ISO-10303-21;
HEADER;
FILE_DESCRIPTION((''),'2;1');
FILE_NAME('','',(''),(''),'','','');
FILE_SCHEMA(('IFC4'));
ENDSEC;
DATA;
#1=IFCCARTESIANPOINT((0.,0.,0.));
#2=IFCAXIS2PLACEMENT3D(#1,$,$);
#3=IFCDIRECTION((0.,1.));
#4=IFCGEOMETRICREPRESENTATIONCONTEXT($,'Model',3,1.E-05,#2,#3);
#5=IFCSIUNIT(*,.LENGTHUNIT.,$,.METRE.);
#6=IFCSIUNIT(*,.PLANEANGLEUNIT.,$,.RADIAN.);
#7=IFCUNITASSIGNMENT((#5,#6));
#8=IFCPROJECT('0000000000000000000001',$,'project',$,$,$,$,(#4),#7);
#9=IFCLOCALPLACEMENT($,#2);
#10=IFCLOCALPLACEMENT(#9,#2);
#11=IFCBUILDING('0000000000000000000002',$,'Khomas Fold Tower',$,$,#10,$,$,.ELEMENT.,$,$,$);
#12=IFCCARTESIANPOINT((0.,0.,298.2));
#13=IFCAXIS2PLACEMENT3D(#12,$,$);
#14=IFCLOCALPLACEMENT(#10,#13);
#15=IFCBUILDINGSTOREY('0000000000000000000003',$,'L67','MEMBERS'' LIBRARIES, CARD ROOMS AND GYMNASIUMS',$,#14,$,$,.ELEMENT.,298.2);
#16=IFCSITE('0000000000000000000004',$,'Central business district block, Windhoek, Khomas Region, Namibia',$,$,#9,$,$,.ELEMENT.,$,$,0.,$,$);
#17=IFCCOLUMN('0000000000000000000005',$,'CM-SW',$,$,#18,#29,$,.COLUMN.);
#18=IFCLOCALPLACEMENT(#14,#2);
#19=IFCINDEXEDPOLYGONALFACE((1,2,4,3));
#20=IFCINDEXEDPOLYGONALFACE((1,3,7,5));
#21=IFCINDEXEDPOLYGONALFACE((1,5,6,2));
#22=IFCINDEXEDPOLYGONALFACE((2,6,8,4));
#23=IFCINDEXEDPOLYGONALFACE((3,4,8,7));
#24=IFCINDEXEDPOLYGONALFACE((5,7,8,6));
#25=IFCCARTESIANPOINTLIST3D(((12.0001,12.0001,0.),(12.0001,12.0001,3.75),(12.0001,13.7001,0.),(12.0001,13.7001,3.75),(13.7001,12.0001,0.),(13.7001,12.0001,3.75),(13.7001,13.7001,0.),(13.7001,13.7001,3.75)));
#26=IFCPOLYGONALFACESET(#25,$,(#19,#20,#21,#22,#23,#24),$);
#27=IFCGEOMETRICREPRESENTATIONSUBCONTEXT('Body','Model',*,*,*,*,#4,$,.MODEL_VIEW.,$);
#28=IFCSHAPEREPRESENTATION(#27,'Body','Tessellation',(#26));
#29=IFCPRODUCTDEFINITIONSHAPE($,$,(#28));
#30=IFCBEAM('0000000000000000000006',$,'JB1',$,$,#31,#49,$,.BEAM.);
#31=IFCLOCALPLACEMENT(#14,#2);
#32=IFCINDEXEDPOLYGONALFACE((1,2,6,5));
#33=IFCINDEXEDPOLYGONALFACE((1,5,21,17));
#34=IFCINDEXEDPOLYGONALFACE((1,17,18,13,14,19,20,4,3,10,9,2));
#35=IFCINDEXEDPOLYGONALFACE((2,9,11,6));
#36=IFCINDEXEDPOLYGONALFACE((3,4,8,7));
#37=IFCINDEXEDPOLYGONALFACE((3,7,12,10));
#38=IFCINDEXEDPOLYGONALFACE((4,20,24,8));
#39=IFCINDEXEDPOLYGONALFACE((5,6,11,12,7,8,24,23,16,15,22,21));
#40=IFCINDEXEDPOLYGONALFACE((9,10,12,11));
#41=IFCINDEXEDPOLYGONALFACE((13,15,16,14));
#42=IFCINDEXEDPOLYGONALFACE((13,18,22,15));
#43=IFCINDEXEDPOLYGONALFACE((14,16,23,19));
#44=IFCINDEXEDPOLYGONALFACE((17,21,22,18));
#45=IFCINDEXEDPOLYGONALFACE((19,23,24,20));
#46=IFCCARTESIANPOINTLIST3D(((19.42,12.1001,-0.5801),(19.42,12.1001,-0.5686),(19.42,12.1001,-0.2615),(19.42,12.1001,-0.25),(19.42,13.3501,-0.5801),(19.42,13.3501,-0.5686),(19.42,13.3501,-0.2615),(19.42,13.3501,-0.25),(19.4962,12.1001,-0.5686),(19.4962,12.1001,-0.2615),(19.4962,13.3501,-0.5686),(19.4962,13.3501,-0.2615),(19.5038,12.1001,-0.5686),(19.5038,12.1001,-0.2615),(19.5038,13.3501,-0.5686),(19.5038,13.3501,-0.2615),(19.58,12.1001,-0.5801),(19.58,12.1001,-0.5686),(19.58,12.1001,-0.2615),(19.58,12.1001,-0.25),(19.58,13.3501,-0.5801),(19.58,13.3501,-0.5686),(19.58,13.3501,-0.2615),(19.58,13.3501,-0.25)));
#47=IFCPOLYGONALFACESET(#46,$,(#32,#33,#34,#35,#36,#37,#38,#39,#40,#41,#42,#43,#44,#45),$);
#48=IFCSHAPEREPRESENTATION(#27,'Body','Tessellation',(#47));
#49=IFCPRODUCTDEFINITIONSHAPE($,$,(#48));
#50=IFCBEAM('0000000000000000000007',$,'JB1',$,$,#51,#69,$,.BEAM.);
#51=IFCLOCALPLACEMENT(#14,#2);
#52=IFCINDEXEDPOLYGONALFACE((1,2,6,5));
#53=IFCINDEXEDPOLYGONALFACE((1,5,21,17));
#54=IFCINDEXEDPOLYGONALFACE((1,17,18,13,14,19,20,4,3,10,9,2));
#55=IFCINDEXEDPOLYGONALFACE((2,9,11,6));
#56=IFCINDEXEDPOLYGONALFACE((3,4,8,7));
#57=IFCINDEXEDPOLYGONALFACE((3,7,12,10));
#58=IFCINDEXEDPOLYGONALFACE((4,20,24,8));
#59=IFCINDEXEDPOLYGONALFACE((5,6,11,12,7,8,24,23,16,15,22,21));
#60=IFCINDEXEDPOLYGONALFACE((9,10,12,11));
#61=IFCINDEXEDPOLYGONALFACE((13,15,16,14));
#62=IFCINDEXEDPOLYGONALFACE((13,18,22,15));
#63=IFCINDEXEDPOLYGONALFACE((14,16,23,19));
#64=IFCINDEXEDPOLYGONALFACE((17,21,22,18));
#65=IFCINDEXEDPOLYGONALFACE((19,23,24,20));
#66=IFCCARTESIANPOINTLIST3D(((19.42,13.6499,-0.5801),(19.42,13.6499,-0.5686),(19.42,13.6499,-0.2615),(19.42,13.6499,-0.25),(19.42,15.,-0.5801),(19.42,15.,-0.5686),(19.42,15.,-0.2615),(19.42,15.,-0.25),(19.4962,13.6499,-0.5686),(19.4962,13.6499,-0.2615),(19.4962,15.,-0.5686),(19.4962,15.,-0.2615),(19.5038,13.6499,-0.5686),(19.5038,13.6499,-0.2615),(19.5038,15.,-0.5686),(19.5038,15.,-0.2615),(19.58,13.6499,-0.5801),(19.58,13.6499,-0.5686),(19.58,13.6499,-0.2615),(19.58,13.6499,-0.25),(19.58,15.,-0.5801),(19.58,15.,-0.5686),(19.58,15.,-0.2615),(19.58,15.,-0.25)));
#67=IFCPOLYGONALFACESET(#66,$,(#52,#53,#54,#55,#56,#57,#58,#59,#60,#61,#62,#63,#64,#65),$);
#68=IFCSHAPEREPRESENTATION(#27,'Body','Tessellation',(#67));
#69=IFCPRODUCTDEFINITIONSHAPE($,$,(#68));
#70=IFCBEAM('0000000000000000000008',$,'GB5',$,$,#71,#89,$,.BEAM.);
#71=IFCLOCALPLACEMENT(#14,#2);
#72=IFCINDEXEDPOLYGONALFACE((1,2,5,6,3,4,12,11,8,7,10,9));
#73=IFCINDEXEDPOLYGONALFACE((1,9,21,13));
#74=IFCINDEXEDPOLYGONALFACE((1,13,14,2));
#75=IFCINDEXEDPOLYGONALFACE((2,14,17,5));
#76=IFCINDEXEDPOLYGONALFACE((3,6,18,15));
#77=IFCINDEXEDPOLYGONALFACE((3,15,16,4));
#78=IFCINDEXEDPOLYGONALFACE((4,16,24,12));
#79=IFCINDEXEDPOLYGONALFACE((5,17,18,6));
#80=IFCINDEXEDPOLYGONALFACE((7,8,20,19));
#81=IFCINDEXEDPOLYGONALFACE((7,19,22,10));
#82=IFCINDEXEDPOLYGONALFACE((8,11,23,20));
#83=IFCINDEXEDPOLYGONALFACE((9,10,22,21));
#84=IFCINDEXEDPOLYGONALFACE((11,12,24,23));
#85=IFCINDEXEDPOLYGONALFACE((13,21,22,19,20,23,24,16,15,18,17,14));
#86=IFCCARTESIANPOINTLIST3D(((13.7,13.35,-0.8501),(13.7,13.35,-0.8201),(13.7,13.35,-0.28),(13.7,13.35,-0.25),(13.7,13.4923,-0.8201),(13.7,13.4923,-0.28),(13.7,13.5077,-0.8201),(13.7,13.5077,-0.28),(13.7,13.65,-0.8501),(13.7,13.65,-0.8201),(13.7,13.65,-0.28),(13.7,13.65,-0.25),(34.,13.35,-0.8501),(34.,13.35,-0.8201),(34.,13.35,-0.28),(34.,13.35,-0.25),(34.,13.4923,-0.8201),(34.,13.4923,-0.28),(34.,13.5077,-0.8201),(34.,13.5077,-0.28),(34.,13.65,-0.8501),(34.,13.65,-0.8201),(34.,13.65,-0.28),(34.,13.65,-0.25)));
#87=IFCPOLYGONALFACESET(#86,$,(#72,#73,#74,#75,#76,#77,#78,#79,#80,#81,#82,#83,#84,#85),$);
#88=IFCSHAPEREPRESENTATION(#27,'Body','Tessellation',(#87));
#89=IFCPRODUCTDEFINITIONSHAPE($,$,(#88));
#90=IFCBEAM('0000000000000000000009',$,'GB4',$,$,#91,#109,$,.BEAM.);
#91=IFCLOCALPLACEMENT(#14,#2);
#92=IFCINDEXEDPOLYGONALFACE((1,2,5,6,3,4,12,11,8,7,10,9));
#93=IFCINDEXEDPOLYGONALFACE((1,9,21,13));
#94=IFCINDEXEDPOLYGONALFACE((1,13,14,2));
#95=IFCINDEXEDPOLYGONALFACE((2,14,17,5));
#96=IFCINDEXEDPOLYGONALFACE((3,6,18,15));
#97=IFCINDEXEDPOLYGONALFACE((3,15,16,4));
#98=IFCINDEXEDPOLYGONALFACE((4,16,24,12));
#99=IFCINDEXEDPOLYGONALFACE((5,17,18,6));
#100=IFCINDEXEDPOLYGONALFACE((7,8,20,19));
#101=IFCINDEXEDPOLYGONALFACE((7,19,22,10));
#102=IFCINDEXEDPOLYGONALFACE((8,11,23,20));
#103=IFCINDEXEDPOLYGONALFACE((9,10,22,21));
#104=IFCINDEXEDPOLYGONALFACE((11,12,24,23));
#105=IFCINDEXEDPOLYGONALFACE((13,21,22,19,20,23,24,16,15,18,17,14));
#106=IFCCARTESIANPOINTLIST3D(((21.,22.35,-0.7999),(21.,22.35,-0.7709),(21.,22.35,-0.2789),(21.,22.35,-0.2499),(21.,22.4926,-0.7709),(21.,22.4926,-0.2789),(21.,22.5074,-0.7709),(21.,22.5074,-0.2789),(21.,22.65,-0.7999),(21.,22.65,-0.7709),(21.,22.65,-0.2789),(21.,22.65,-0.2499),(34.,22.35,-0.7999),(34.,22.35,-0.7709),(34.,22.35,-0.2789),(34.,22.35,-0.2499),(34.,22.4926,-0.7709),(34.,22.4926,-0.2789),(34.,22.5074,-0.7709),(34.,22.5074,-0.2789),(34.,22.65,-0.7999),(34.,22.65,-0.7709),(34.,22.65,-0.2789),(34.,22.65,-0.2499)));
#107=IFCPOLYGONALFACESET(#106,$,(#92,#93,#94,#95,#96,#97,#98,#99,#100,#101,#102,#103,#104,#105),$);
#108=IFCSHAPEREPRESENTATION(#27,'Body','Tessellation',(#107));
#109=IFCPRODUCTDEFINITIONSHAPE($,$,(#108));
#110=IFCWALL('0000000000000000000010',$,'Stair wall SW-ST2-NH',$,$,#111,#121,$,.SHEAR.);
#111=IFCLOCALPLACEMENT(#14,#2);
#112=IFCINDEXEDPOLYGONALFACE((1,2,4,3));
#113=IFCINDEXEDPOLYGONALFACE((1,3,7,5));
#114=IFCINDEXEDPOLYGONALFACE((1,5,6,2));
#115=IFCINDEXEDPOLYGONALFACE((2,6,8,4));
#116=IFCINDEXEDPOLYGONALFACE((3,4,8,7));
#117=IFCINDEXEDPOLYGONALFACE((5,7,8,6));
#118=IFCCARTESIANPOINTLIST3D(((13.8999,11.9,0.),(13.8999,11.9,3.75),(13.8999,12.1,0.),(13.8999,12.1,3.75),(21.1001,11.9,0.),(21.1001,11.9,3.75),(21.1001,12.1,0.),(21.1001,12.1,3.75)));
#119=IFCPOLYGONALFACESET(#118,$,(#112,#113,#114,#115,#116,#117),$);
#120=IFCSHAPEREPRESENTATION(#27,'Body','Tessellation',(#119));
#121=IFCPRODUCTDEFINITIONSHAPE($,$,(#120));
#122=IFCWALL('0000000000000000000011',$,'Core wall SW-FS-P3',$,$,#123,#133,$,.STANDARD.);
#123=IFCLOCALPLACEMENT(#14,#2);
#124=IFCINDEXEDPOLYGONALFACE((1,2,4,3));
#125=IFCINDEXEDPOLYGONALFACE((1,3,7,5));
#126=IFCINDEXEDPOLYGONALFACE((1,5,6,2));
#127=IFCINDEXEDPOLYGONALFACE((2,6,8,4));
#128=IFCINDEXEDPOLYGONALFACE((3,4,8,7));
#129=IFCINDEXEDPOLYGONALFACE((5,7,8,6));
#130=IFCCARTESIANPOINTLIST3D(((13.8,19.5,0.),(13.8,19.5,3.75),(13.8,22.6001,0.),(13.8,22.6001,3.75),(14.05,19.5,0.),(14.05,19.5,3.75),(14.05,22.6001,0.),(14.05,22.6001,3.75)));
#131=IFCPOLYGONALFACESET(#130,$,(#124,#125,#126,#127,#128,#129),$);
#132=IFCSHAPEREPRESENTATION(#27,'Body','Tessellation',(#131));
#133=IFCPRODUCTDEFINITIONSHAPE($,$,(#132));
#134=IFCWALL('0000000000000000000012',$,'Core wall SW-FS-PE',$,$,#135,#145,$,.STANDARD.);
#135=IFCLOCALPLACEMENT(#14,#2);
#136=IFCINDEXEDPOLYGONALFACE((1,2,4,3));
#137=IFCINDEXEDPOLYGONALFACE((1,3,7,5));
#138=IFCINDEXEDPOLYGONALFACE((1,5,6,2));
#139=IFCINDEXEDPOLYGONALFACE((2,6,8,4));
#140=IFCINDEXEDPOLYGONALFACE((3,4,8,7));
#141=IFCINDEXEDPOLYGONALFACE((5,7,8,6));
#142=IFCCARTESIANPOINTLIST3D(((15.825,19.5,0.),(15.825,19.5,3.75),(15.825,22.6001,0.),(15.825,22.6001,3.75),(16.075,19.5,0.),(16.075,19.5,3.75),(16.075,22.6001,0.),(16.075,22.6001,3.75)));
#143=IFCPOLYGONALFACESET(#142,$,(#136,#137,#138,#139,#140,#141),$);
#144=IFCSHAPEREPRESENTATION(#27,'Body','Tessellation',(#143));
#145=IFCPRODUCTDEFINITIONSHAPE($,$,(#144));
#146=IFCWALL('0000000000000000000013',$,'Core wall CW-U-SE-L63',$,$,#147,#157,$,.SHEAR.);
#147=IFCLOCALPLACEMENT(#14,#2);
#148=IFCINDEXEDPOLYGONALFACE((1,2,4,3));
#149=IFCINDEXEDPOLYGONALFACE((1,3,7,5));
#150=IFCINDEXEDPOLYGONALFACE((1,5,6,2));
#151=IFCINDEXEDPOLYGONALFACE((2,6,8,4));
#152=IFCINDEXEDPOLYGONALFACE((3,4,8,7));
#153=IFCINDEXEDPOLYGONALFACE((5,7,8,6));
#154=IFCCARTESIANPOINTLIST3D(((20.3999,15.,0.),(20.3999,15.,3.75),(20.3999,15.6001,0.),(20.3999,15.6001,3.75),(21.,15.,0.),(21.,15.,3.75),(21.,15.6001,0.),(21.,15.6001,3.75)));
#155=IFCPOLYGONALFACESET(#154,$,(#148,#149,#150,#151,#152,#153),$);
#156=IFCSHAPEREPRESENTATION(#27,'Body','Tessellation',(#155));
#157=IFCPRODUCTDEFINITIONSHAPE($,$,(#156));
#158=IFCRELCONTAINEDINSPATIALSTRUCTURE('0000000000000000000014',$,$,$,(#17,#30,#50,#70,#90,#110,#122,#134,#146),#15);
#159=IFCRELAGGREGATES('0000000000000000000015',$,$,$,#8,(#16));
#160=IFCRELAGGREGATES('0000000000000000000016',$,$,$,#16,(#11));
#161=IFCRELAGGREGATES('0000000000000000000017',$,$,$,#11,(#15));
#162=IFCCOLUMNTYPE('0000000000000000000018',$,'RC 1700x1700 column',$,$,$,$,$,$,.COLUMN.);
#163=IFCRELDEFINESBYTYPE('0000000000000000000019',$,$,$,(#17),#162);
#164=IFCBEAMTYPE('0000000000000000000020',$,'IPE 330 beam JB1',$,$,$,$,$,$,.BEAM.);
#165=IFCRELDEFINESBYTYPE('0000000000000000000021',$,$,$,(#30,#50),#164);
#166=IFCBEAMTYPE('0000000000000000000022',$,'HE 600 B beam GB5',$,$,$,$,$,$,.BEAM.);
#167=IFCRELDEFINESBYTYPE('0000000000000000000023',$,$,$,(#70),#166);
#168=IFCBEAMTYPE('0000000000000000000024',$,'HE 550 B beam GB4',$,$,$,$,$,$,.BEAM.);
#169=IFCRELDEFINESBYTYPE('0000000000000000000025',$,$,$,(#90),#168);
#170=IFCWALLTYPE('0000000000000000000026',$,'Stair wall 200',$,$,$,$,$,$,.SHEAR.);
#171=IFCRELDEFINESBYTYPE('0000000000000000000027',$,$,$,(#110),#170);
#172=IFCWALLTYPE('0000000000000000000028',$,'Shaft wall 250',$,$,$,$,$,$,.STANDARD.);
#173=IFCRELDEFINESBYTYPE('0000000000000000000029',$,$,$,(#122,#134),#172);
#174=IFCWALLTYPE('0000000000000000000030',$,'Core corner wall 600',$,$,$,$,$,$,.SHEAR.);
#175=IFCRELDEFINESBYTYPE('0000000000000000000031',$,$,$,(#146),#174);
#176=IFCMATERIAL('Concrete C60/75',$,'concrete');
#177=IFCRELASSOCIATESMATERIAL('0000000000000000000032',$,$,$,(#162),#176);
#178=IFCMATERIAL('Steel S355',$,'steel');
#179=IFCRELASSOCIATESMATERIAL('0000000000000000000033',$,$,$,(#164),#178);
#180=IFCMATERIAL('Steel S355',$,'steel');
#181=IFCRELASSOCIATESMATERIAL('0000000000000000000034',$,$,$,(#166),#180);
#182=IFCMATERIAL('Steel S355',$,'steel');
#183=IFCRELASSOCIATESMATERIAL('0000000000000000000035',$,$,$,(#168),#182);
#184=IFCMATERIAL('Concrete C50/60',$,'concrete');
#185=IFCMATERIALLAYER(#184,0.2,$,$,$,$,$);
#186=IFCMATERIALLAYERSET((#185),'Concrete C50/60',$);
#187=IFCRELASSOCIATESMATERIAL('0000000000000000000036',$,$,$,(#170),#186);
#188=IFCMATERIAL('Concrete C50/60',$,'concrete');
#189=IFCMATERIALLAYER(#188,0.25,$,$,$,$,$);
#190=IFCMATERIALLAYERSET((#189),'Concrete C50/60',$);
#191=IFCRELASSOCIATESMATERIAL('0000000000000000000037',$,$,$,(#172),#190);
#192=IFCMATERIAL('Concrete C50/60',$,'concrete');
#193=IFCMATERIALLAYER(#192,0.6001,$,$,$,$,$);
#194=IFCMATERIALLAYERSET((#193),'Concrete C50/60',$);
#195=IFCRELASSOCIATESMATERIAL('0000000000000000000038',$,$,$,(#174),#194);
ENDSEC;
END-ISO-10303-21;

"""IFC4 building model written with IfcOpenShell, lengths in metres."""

from ifc_helpers import new_model, si_unit, direction, frame, frame_2d, origin, origin_2d, place, context, subcontext, project, spatial, rectangle, i_section, extrude, source, transform, mapped, material, layer, layer_set, material_profile, profile_set, type_object, element, save


model = new_model("IFC4")

# Units and contexts
model_context = context("Model", 3, precision=1e-05, world=origin(), true_north=direction((0.0, 1.0)))
body_context = subcontext(model_context, "Body", "Model", "MODEL_VIEW")
ifc_project = project(units=[si_unit("LENGTHUNIT", "METRE"), si_unit("PLANEANGLEUNIT", "RADIAN")], contexts=[model_context])

# Site, building, storey
site_placement = place(None, origin())
site = spatial("IfcSite", under=ifc_project, at=site_placement, Name="Central business district block, Windhoek, Khomas Region, Namibia", CompositionType="ELEMENT", RefElevation=0.0)
building_placement = place(site_placement, origin())
building = spatial("IfcBuilding", under=site, at=building_placement, Name="Khomas Fold Tower", CompositionType="ELEMENT")
storey_placement = place(building_placement, frame((0.0, 0.0, 298.2)))
storey = spatial("IfcBuildingStorey", under=building, at=storey_placement, Name="L67", Description="MEMBERS' LIBRARIES, CARD ROOMS AND GYMNASIUMS", CompositionType="ELEMENT", Elevation=298.2)

# Column
ifc_material_1 = material(Name="Concrete C60/75", Category="concrete")
ifc_material_profile_1 = material_profile(ifc_material_1, rectangle(XDim=1.7, YDim=1.7, at=origin_2d()), Name="RC 1700x1700")
ifc_profile_set_1 = profile_set([ifc_material_profile_1], Name="Concrete C60/75")
column_type = type_object("IfcColumnType", Name="RC 1700x1700 column", PredefinedType="COLUMN", material=ifc_profile_set_1)
shared_shape_1 = source(origin(), body_context, "Body", "SweptSolid", [
    extrude(rectangle(XDim=1.7, YDim=1.7, at=origin_2d()), origin(), (0.0, 0.0, 1.0), 3.75),
])
column_placement = place(storey_placement, frame((12.8501, 12.8501, 0.0), z_axis=(0.0, 0.0, 1.0), x_axis=(1.0, 0.0, 0.0)))
element("IfcColumn", 1, at=column_placement, inside=storey, type_object=column_type, Name="CM-SW", PredefinedType="COLUMN", context=body_context, shape_type="MappedRepresentation", body=[
    mapped(shared_shape_1, transform((0.0, 0.0, 0.0))),
])

# Beams
ifc_material_2 = material(Name="Steel S355", Category="steel")
ifc_material_profile_2 = material_profile(ifc_material_2, i_section(OverallWidth=0.1599, OverallDepth=0.3301, WebThickness=0.0076, FlangeThickness=0.0115, at=origin_2d()), Name="IPE 330")
ifc_profile_set_2 = profile_set([ifc_material_profile_2], Name="Steel S355")
beam_type_1 = type_object("IfcBeamType", Name="IPE 330 beam JB1", PredefinedType="BEAM", material=ifc_profile_set_2)
shared_shape_2 = source(origin(), body_context, "Body", "SweptSolid", [
    extrude(i_section(OverallWidth=0.1599, OverallDepth=0.3301, WebThickness=0.0076, FlangeThickness=0.0115, at=origin_2d()), origin(), (0.0, 0.0, 1.0), 1.25),
])
beam_1_placement = place(storey_placement, frame((19.5, 12.1001, -0.415), z_axis=(0.0, 1.0, 0.0), x_axis=(-1.0, 0.0, 0.0)))
element("IfcBeam", 2, at=beam_1_placement, inside=storey, type_object=beam_type_1, Name="JB1", PredefinedType="BEAM", context=body_context, shape_type="MappedRepresentation", body=[
    mapped(shared_shape_2, transform((0.0, 0.0, 0.0))),
])
shared_shape_3 = source(origin(), body_context, "Body", "SweptSolid", [
    extrude(i_section(OverallWidth=0.1599, OverallDepth=0.3301, WebThickness=0.0076, FlangeThickness=0.0115, at=origin_2d()), origin(), (0.0, 0.0, 1.0), 1.3501),
])
beam_2_placement = place(storey_placement, frame((19.5, 13.6499, -0.415), z_axis=(0.0, 1.0, 0.0), x_axis=(-1.0, 0.0, 0.0)))
element("IfcBeam", 3, at=beam_2_placement, inside=storey, type_object=beam_type_1, Name="JB1", PredefinedType="BEAM", context=body_context, shape_type="MappedRepresentation", body=[
    mapped(shared_shape_3, transform((0.0, 0.0, 0.0))),
])
ifc_material_3 = material(Name="Steel S355", Category="steel")
ifc_material_profile_3 = material_profile(ifc_material_3, i_section(OverallWidth=0.3, OverallDepth=0.6001, WebThickness=0.0154, FlangeThickness=0.03, at=origin_2d()), Name="HE 600 B")
ifc_profile_set_3 = profile_set([ifc_material_profile_3], Name="Steel S355")
beam_type_2 = type_object("IfcBeamType", Name="HE 600 B beam GB5", PredefinedType="BEAM", material=ifc_profile_set_3)
shared_shape_4 = source(origin(), body_context, "Body", "SweptSolid", [
    extrude(i_section(OverallWidth=0.3, OverallDepth=0.6001, WebThickness=0.0154, FlangeThickness=0.03, at=origin_2d()), origin(), (0.0, 0.0, 1.0), 20.3),
])
beam_3_placement = place(storey_placement, frame((13.7, 13.5, -0.55), z_axis=(1.0, 0.0, 0.0), x_axis=(0.0, 1.0, 0.0)))
element("IfcBeam", 4, at=beam_3_placement, inside=storey, type_object=beam_type_2, Name="GB5", PredefinedType="BEAM", context=body_context, shape_type="MappedRepresentation", body=[
    mapped(shared_shape_4, transform((0.0, 0.0, 0.0))),
])
ifc_material_4 = material(Name="Steel S355", Category="steel")
ifc_material_profile_4 = material_profile(ifc_material_4, i_section(OverallWidth=0.3, OverallDepth=0.55, WebThickness=0.0149, FlangeThickness=0.0291, at=origin_2d()), Name="HE 550 B")
ifc_profile_set_4 = profile_set([ifc_material_profile_4], Name="Steel S355")
beam_type_3 = type_object("IfcBeamType", Name="HE 550 B beam GB4", PredefinedType="BEAM", material=ifc_profile_set_4)
shared_shape_5 = source(origin(), body_context, "Body", "SweptSolid", [
    extrude(i_section(OverallWidth=0.3, OverallDepth=0.55, WebThickness=0.0149, FlangeThickness=0.0291, at=origin_2d()), origin(), (0.0, 0.0, 1.0), 13.0),
])
beam_4_placement = place(storey_placement, frame((21.0, 22.5, -0.5249), z_axis=(1.0, 0.0, 0.0), x_axis=(0.0, 1.0, 0.0)))
element("IfcBeam", 5, at=beam_4_placement, inside=storey, type_object=beam_type_3, Name="GB4", PredefinedType="BEAM", context=body_context, shape_type="MappedRepresentation", body=[
    mapped(shared_shape_5, transform((0.0, 0.0, 0.0))),
])

# Walls
ifc_material_5 = material(Name="Concrete C50/60", Category="concrete")
ifc_layer_1 = layer(ifc_material_5, 0.2)
ifc_layer_set_1 = layer_set([ifc_layer_1], Name="Concrete C50/60")
wall_type_1 = type_object("IfcWallType", Name="Stair wall 200", PredefinedType="SHEAR", material=ifc_layer_set_1)
shared_shape_6 = source(origin(), body_context, "Body", "SweptSolid", [
    extrude(rectangle(XDim=7.2002, YDim=0.2, at=frame_2d((3.6001, 0.0))), origin(), (0.0, 0.0, 1.0), 3.75),
])
wall_1_placement = place(storey_placement, frame((13.8999, 12.0, 0.0), z_axis=(0.0, 0.0, 1.0), x_axis=(1.0, 0.0, 0.0)))
element("IfcWall", 6, at=wall_1_placement, inside=storey, type_object=wall_type_1, Name="Stair wall SW-ST2-NH", PredefinedType="SHEAR", context=body_context, shape_type="MappedRepresentation", body=[
    mapped(shared_shape_6, transform((0.0, 0.0, 0.0))),
])
ifc_material_6 = material(Name="Concrete C50/60", Category="concrete")
ifc_layer_2 = layer(ifc_material_6, 0.25)
ifc_layer_set_2 = layer_set([ifc_layer_2], Name="Concrete C50/60")
wall_type_2 = type_object("IfcWallType", Name="Shaft wall 250", PredefinedType="STANDARD", material=ifc_layer_set_2)
shared_shape_7 = source(origin(), body_context, "Body", "SweptSolid", [
    extrude(rectangle(XDim=3.1001, YDim=0.25, at=frame_2d((1.55, 0.0))), origin(), (0.0, 0.0, 1.0), 3.75),
])
for number, where, z_axis, x_axis, name in (
    (7, (13.925, 19.5, 0.0), (0.0, 0.0, 1.0), (0.0, 1.0, 0.0), "Core wall SW-FS-P3"),
    (8, (15.95, 19.5, 0.0), (0.0, 0.0, 1.0), (0.0, 1.0, 0.0), "Core wall SW-FS-PE"),
):
    element("IfcWall", number, at=place(storey_placement, frame(where, z_axis=z_axis, x_axis=x_axis)), inside=storey, type_object=wall_type_2, Name=name, PredefinedType="STANDARD", context=body_context, shape_type="MappedRepresentation", body=[
        mapped(shared_shape_7, transform((0.0, 0.0, 0.0))),
    ])
ifc_material_7 = material(Name="Concrete C50/60", Category="concrete")
ifc_layer_3 = layer(ifc_material_7, 0.6001)
ifc_layer_set_3 = layer_set([ifc_layer_3], Name="Concrete C50/60")
wall_type_3 = type_object("IfcWallType", Name="Core corner wall 600", PredefinedType="SHEAR", material=ifc_layer_set_3)
shared_shape_8 = source(origin(), body_context, "Body", "SweptSolid", [
    extrude(rectangle(XDim=0.6001, YDim=0.6001, at=frame_2d((0.3, 0.0))), origin(), (0.0, 0.0, 1.0), 3.75),
])
wall_2_placement = place(storey_placement, frame((20.3999, 15.3, 0.0), z_axis=(0.0, 0.0, 1.0), x_axis=(1.0, 0.0, 0.0)))
element("IfcWall", 9, at=wall_2_placement, inside=storey, type_object=wall_type_3, Name="Core wall CW-U-SE-L63", PredefinedType="SHEAR", context=body_context, shape_type="MappedRepresentation", body=[
    mapped(shared_shape_8, transform((0.0, 0.0, 0.0))),
])

save(model, "model.ifc")
